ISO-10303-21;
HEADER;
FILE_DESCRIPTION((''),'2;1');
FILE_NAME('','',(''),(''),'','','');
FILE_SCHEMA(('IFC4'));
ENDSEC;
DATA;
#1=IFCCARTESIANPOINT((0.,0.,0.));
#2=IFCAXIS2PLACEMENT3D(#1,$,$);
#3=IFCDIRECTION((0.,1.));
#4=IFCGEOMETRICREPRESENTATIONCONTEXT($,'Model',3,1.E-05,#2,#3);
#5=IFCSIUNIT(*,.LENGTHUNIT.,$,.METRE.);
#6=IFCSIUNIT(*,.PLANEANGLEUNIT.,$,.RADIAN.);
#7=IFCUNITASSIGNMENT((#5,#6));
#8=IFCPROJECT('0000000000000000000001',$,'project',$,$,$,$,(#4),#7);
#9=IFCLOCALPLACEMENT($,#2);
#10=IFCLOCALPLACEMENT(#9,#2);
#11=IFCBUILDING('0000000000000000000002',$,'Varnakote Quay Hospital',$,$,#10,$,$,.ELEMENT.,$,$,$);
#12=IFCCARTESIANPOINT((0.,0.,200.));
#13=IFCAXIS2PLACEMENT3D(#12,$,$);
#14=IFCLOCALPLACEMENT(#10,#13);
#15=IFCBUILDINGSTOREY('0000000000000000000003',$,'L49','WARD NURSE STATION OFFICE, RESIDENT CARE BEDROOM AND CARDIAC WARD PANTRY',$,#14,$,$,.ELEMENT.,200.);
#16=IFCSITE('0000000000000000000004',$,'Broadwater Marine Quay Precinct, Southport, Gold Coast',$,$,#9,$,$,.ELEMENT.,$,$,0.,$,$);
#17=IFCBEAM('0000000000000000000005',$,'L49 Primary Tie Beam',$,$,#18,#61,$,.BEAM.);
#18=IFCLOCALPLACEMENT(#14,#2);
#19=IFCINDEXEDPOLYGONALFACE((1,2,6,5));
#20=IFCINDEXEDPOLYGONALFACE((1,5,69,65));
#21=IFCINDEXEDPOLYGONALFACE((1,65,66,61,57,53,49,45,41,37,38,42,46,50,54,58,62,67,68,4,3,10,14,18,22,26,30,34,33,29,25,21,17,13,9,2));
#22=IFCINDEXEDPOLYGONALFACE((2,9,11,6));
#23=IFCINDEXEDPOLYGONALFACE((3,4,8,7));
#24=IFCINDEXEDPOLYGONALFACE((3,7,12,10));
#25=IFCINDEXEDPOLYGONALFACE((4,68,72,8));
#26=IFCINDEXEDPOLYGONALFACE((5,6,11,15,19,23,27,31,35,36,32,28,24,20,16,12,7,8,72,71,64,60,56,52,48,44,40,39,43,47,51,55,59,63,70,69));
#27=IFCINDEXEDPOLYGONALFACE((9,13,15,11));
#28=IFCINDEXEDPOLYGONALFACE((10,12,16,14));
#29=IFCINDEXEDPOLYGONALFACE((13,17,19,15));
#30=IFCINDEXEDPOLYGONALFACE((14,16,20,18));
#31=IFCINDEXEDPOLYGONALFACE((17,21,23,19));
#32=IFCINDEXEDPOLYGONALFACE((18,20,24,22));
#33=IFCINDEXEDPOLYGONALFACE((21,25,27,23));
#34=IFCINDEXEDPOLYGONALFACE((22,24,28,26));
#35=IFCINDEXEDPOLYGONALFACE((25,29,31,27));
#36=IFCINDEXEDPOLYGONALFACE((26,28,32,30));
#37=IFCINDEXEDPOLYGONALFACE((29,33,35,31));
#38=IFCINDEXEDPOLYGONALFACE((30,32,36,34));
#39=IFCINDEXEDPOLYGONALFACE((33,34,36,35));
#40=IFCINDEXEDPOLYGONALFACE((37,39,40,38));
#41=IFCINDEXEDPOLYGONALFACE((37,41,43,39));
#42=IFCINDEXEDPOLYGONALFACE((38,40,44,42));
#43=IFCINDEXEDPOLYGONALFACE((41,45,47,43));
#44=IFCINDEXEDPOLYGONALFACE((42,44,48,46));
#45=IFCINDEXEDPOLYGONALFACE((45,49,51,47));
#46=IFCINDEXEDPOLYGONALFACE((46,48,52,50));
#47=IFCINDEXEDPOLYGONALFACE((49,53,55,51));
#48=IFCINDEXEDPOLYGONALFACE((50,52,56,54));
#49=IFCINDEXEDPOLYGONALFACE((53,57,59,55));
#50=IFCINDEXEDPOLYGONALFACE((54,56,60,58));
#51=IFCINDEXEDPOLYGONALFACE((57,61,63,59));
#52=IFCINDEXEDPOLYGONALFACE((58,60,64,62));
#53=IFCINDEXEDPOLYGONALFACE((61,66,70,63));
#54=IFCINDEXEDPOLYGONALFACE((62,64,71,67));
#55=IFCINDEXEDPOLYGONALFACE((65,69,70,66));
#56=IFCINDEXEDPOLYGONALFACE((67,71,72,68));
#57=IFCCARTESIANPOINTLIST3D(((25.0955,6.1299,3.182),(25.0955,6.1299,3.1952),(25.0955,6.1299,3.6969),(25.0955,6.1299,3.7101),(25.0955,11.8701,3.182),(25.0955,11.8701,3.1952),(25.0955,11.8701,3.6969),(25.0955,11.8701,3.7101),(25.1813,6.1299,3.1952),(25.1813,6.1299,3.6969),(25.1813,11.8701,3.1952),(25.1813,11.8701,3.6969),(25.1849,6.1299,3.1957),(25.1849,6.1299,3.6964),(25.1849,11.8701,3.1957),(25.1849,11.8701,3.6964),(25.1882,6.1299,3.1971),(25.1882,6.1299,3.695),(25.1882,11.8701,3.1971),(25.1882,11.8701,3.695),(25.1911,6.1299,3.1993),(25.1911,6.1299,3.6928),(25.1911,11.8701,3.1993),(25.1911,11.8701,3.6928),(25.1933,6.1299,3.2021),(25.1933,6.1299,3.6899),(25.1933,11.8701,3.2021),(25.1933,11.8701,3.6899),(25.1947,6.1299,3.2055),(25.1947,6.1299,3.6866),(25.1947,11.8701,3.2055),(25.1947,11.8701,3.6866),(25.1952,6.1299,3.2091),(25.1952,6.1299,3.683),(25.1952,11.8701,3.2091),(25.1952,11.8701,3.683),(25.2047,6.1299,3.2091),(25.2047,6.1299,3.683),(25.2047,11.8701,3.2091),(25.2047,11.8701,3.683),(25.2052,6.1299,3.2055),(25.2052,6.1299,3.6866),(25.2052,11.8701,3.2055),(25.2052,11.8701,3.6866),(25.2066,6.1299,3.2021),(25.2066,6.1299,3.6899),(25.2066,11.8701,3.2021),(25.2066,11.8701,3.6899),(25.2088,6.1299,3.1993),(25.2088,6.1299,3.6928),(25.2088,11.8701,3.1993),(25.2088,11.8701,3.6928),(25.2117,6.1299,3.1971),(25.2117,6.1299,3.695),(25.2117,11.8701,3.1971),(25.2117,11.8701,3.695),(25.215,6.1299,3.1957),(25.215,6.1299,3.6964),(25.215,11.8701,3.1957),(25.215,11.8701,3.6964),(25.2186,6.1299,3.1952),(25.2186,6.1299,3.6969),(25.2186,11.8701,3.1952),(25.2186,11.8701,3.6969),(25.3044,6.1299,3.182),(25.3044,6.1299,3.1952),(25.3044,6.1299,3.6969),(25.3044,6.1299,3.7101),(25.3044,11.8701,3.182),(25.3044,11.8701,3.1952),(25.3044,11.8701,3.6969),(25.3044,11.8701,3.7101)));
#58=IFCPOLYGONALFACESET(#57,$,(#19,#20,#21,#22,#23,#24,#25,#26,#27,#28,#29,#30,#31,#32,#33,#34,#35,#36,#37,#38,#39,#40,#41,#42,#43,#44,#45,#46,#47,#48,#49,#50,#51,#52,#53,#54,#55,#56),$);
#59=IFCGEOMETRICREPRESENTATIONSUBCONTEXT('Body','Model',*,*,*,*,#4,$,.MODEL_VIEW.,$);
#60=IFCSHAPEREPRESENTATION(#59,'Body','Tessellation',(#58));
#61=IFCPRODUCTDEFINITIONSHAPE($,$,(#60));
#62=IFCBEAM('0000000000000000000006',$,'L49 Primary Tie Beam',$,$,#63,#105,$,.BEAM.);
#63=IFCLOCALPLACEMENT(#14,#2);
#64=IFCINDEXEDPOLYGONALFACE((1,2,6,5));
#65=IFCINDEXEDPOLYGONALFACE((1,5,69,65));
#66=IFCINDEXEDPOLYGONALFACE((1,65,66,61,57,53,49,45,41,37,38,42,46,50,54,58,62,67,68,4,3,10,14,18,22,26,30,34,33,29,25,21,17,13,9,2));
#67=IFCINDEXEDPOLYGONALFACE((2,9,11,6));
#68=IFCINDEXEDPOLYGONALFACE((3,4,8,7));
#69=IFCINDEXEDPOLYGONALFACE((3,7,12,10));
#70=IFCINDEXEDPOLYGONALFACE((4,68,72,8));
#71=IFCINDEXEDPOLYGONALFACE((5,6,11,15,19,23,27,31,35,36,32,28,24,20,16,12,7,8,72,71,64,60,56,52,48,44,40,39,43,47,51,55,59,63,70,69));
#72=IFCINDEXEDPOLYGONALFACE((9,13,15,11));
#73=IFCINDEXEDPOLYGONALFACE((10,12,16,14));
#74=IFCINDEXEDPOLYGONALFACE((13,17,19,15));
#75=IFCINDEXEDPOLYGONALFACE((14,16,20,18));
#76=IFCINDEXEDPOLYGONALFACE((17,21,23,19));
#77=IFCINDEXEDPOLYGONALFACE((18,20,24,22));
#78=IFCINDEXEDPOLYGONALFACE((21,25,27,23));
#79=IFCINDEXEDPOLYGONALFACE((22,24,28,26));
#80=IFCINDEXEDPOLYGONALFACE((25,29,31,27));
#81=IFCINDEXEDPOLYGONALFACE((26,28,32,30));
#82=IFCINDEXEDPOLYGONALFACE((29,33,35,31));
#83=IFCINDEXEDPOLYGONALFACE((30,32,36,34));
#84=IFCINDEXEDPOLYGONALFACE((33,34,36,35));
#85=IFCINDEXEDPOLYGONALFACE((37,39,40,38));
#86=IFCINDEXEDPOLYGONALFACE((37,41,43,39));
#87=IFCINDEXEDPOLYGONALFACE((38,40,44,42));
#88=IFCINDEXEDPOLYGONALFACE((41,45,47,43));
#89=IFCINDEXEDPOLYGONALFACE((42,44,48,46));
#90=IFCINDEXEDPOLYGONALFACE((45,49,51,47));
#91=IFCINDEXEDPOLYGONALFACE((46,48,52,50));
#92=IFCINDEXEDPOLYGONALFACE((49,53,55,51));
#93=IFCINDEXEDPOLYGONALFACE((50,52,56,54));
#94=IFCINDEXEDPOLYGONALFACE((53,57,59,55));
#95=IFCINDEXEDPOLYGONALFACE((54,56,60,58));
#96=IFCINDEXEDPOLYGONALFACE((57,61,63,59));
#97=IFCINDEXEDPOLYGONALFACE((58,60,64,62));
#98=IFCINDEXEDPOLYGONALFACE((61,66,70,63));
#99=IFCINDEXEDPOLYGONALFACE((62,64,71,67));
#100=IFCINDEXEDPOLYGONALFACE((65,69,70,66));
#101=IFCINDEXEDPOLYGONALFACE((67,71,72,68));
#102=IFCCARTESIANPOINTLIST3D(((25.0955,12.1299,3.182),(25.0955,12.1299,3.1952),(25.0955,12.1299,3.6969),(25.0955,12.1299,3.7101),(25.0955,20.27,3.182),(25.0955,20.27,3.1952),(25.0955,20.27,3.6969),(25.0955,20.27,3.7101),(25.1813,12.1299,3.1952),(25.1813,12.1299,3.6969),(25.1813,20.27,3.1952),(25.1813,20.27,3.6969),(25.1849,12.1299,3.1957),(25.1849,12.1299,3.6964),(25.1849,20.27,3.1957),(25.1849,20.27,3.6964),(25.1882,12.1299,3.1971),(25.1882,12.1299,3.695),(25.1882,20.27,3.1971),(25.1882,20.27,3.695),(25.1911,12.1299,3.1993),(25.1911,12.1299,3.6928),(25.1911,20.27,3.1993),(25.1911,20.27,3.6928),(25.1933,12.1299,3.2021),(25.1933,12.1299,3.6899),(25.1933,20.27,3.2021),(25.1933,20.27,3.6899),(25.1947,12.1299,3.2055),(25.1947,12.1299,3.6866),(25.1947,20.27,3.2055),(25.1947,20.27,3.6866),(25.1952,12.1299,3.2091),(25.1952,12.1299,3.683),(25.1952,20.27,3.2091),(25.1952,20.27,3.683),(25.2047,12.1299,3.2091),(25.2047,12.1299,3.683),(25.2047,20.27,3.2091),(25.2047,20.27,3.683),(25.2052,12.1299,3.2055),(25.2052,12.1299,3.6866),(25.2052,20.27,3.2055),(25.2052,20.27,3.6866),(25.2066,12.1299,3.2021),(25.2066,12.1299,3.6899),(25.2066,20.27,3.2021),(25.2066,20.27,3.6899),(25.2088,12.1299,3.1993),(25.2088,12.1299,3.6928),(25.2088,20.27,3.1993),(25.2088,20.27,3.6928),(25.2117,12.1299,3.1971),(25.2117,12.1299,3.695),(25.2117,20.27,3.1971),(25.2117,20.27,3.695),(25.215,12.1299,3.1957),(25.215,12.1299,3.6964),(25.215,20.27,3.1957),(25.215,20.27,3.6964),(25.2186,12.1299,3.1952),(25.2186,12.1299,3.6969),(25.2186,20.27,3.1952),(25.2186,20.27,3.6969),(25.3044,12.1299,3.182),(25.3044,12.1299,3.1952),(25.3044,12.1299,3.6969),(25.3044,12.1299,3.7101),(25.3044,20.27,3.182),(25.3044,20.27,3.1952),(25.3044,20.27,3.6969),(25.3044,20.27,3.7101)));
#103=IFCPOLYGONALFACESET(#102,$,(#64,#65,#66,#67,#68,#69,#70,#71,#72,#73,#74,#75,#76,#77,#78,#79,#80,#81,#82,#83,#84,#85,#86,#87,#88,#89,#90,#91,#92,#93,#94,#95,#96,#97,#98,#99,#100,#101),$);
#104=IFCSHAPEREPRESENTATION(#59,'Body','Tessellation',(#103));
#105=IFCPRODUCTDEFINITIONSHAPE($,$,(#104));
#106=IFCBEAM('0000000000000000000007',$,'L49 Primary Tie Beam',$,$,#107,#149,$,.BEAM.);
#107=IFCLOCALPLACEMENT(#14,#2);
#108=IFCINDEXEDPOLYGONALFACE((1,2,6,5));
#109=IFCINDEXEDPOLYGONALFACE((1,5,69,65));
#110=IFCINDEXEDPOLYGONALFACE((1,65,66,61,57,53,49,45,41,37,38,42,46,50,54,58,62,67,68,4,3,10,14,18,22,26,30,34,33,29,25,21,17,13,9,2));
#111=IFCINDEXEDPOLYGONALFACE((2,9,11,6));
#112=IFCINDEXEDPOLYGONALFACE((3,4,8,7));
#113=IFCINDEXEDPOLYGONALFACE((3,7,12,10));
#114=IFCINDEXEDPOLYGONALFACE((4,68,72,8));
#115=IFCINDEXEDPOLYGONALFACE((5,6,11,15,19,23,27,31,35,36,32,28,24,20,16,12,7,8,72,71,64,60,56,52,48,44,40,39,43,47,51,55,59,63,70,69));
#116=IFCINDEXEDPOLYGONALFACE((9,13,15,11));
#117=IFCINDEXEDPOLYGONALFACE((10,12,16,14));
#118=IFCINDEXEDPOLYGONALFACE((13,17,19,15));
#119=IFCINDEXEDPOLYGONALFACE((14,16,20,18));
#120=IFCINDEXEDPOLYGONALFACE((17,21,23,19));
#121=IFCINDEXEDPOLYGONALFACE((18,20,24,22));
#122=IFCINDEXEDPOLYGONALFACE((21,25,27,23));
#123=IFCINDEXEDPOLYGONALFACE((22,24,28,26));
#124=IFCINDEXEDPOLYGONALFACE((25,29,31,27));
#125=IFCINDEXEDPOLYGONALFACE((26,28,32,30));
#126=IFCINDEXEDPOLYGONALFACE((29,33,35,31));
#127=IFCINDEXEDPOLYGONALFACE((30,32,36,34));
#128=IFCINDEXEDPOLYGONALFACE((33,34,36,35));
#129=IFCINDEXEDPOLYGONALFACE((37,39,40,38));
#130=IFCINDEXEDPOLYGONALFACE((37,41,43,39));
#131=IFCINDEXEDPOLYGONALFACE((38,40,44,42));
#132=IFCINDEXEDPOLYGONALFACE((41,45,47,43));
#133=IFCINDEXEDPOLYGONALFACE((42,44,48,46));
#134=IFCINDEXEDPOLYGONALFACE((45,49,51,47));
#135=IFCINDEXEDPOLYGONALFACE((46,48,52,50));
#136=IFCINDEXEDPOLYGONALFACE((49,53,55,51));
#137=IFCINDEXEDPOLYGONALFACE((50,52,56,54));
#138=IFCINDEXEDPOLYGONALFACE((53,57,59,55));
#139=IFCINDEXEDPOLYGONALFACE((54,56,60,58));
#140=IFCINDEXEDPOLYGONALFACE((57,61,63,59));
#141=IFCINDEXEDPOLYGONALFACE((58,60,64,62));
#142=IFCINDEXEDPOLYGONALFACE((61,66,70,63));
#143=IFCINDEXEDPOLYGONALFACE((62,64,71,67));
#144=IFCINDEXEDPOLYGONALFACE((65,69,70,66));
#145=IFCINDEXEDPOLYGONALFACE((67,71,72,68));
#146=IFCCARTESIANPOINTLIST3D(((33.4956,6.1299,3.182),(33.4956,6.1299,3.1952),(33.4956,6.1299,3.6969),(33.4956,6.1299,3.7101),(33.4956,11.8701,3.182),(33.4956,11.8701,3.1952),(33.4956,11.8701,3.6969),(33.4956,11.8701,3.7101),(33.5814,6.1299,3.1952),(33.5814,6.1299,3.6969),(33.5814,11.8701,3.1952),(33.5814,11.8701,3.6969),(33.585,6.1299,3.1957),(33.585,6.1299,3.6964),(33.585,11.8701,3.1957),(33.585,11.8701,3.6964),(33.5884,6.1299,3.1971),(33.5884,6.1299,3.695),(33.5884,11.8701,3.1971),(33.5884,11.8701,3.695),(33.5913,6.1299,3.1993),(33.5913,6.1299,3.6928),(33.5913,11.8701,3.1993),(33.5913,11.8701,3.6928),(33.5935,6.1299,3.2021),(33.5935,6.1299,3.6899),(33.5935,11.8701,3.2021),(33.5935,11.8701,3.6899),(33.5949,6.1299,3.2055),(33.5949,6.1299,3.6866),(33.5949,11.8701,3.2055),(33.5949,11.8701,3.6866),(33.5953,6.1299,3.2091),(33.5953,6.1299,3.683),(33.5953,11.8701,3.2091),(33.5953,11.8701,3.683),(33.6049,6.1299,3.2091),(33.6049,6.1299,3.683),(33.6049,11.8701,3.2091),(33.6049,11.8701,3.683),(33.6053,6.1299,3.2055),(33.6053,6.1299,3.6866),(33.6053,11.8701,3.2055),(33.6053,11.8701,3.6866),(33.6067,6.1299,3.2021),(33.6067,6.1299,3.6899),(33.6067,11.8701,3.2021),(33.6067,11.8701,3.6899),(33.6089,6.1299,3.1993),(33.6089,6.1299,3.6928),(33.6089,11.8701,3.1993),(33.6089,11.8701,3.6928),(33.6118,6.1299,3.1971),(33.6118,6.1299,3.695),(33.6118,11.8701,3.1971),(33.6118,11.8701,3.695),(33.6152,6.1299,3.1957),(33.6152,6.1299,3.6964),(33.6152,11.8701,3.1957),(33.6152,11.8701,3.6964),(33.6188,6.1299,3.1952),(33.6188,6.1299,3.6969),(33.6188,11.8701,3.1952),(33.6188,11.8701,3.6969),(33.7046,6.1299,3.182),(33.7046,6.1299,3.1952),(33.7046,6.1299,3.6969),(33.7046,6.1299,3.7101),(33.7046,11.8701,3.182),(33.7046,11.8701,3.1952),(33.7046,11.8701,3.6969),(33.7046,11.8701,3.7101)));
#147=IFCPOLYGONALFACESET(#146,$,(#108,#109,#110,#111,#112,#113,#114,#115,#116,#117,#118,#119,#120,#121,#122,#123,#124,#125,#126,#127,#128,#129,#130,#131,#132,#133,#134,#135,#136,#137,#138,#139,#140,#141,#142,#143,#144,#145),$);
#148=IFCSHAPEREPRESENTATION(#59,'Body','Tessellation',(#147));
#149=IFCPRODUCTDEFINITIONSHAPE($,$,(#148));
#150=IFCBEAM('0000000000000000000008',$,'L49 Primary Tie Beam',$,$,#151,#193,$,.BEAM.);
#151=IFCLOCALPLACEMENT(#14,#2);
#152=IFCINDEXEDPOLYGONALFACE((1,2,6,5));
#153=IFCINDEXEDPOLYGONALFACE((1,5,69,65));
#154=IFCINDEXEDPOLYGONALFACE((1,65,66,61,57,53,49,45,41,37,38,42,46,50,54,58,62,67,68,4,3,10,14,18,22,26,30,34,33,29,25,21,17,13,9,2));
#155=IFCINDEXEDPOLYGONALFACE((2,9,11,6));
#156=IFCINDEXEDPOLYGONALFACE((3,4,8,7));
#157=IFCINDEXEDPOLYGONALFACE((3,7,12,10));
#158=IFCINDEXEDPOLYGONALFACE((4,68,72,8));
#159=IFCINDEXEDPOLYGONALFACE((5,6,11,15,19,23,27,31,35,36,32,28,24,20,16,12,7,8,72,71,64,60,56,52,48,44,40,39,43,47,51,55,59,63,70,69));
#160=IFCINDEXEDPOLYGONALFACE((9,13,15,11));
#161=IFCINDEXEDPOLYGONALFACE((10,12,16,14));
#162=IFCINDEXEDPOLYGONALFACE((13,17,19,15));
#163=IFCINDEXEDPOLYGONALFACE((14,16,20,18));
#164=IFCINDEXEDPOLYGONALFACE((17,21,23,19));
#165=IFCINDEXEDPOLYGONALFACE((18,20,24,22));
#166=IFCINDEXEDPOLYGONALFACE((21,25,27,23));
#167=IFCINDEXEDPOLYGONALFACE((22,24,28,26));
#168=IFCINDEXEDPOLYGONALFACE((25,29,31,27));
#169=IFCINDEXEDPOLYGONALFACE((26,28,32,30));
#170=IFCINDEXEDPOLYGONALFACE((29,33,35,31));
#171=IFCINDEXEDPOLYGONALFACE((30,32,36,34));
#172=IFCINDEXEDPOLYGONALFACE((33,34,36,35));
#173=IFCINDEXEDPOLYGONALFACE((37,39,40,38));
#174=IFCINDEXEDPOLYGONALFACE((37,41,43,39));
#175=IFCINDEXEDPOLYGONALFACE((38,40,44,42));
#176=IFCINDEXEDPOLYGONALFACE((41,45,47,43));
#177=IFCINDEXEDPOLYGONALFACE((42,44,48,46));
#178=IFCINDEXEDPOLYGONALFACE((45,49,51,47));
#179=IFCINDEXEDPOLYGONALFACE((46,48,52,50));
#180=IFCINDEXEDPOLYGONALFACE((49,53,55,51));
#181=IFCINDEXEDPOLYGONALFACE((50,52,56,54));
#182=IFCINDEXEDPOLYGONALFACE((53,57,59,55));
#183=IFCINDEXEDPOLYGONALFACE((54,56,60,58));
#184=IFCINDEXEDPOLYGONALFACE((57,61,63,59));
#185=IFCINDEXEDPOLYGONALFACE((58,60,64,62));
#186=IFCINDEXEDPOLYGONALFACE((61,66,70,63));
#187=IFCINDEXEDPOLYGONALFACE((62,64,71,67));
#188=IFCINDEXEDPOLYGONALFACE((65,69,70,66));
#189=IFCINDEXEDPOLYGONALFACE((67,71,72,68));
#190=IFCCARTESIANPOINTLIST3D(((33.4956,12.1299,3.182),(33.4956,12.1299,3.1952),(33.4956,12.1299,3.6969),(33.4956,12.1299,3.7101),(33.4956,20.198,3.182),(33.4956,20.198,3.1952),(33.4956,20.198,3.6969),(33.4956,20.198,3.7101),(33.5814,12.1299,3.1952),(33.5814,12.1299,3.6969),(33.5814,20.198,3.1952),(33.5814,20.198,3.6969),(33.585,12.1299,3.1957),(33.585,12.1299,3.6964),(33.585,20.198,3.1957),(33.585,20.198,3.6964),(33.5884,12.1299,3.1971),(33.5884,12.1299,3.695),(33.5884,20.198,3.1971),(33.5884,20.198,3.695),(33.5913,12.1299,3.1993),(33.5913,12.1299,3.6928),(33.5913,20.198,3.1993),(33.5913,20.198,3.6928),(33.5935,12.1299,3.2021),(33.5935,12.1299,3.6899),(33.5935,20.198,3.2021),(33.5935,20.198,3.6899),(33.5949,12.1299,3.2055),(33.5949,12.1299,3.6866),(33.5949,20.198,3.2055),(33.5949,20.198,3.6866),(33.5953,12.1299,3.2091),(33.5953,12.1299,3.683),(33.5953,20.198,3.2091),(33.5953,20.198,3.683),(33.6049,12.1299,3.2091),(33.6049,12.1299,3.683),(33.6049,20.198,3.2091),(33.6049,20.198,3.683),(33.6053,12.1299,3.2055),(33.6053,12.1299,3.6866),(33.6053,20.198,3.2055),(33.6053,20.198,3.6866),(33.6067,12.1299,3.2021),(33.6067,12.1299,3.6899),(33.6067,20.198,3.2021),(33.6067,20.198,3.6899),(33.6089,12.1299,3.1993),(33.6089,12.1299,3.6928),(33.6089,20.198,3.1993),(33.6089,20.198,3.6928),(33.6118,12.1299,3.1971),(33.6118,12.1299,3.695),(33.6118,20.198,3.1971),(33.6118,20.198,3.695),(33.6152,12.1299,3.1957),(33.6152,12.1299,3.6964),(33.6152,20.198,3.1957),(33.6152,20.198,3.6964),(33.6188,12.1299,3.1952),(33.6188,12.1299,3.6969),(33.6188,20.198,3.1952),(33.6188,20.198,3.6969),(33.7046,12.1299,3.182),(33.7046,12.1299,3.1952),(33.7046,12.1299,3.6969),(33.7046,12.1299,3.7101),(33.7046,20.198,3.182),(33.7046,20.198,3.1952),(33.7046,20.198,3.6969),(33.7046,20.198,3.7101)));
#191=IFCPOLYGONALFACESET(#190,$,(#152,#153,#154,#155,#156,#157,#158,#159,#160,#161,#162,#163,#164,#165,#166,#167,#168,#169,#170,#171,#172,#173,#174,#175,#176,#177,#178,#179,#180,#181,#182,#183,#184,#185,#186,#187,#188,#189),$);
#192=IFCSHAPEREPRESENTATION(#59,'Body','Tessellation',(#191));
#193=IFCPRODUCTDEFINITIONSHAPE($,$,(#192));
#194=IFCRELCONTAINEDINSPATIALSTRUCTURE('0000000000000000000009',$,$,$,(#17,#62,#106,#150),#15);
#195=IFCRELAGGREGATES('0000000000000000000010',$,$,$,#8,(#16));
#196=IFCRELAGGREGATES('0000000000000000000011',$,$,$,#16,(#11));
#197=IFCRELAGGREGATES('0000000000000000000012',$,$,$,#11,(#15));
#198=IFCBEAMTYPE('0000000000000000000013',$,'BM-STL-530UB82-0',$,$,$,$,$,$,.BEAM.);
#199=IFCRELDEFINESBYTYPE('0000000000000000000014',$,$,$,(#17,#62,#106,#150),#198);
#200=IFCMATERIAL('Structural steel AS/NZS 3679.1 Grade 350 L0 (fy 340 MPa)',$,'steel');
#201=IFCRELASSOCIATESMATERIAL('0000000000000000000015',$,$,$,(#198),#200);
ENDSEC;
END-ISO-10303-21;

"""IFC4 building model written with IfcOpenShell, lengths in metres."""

from ifc_helpers import new_model, si_unit, direction, frame, origin, origin_2d, place, context, subcontext, project, spatial, i_section, extrude, material, material_profile, profile_set, type_object, element, save


model = new_model("IFC4")

# Units and contexts
model_context = context("Model", 3, precision=1e-05, world=origin(), true_north=direction((0.0, 1.0)))
body_context = subcontext(model_context, "Body", "Model", "MODEL_VIEW")
ifc_project = project(units=[si_unit("LENGTHUNIT", "METRE"), si_unit("PLANEANGLEUNIT", "RADIAN")], contexts=[model_context])

# Site, building, storey
site_placement = place(None, origin())
site = spatial("IfcSite", under=ifc_project, at=site_placement, Name="Broadwater Marine Quay Precinct, Southport, Gold Coast", CompositionType="ELEMENT", RefElevation=0.0)
building_placement = place(site_placement, origin())
building = spatial("IfcBuilding", under=site, at=building_placement, Name="Varnakote Quay Hospital", CompositionType="ELEMENT")
storey_placement = place(building_placement, frame((0.0, 0.0, 200.0)))
storey = spatial("IfcBuildingStorey", under=building, at=storey_placement, Name="L49", Description="WARD NURSE STATION OFFICE, RESIDENT CARE BEDROOM AND CARDIAC WARD PANTRY", CompositionType="ELEMENT", Elevation=200.0)

# Beams
ifc_material_1 = material(Name="Structural steel AS/NZS 3679.1 Grade 350 L0 (fy 340 MPa)", Category="steel")
ifc_material_profile_1 = material_profile(ifc_material_1, i_section(OverallWidth=0.209, OverallDepth=0.5281, WebThickness=0.0095, FlangeThickness=0.0132, FilletRadius=0.0139, at=origin_2d()), Name="530UB82.0")
ifc_profile_set_1 = profile_set([ifc_material_profile_1], Name="Structural steel AS/NZS 3679.1 Grade 350 L0 (fy 340 MPa)")
beam_type_1 = type_object("IfcBeamType", Name="BM-STL-530UB82-0", PredefinedType="BEAM", material=ifc_profile_set_1)
beam_1_placement = place(storey_placement, frame((25.2, 6.1299, 3.446), z_axis=(0.0, 1.0, 0.0), x_axis=(-1.0, 0.0, 0.0)))
element("IfcBeam", 1, at=beam_1_placement, inside=storey, type_object=beam_type_1, Name="L49 Primary Tie Beam", PredefinedType="BEAM", context=body_context, shape_type="SweptSolid", body=[
    extrude(i_section(OverallWidth=0.209, OverallDepth=0.5281, WebThickness=0.0095, FlangeThickness=0.0132, FilletRadius=0.0139, at=origin_2d()), origin(), (0.0, 0.0, 1.0), 5.7402),
])
beam_2_placement = place(storey_placement, frame((25.2, 12.1299, 3.446), z_axis=(0.0, 1.0, 0.0), x_axis=(-1.0, 0.0, 0.0)))
element("IfcBeam", 2, at=beam_2_placement, inside=storey, type_object=beam_type_1, Name="L49 Primary Tie Beam", PredefinedType="BEAM", context=body_context, shape_type="SweptSolid", body=[
    extrude(i_section(OverallWidth=0.209, OverallDepth=0.5281, WebThickness=0.0095, FlangeThickness=0.0132, FilletRadius=0.0139, at=origin_2d()), origin(), (0.0, 0.0, 1.0), 8.1401),
])
beam_3_placement = place(storey_placement, frame((33.6001, 6.1299, 3.446), z_axis=(0.0, 1.0, 0.0), x_axis=(-1.0, 0.0, 0.0)))
element("IfcBeam", 3, at=beam_3_placement, inside=storey, type_object=beam_type_1, Name="L49 Primary Tie Beam", PredefinedType="BEAM", context=body_context, shape_type="SweptSolid", body=[
    extrude(i_section(OverallWidth=0.209, OverallDepth=0.5281, WebThickness=0.0095, FlangeThickness=0.0132, FilletRadius=0.0139, at=origin_2d()), origin(), (0.0, 0.0, 1.0), 5.7402),
])
beam_4_placement = place(storey_placement, frame((33.6001, 12.1299, 3.446), z_axis=(0.0, 1.0, 0.0), x_axis=(-1.0, 0.0, 0.0)))
element("IfcBeam", 4, at=beam_4_placement, inside=storey, type_object=beam_type_1, Name="L49 Primary Tie Beam", PredefinedType="BEAM", context=body_context, shape_type="SweptSolid", body=[
    extrude(i_section(OverallWidth=0.209, OverallDepth=0.5281, WebThickness=0.0095, FlangeThickness=0.0132, FilletRadius=0.0139, at=origin_2d()), origin(), (0.0, 0.0, 1.0), 8.0681),
])

save(model, "model.ifc")
